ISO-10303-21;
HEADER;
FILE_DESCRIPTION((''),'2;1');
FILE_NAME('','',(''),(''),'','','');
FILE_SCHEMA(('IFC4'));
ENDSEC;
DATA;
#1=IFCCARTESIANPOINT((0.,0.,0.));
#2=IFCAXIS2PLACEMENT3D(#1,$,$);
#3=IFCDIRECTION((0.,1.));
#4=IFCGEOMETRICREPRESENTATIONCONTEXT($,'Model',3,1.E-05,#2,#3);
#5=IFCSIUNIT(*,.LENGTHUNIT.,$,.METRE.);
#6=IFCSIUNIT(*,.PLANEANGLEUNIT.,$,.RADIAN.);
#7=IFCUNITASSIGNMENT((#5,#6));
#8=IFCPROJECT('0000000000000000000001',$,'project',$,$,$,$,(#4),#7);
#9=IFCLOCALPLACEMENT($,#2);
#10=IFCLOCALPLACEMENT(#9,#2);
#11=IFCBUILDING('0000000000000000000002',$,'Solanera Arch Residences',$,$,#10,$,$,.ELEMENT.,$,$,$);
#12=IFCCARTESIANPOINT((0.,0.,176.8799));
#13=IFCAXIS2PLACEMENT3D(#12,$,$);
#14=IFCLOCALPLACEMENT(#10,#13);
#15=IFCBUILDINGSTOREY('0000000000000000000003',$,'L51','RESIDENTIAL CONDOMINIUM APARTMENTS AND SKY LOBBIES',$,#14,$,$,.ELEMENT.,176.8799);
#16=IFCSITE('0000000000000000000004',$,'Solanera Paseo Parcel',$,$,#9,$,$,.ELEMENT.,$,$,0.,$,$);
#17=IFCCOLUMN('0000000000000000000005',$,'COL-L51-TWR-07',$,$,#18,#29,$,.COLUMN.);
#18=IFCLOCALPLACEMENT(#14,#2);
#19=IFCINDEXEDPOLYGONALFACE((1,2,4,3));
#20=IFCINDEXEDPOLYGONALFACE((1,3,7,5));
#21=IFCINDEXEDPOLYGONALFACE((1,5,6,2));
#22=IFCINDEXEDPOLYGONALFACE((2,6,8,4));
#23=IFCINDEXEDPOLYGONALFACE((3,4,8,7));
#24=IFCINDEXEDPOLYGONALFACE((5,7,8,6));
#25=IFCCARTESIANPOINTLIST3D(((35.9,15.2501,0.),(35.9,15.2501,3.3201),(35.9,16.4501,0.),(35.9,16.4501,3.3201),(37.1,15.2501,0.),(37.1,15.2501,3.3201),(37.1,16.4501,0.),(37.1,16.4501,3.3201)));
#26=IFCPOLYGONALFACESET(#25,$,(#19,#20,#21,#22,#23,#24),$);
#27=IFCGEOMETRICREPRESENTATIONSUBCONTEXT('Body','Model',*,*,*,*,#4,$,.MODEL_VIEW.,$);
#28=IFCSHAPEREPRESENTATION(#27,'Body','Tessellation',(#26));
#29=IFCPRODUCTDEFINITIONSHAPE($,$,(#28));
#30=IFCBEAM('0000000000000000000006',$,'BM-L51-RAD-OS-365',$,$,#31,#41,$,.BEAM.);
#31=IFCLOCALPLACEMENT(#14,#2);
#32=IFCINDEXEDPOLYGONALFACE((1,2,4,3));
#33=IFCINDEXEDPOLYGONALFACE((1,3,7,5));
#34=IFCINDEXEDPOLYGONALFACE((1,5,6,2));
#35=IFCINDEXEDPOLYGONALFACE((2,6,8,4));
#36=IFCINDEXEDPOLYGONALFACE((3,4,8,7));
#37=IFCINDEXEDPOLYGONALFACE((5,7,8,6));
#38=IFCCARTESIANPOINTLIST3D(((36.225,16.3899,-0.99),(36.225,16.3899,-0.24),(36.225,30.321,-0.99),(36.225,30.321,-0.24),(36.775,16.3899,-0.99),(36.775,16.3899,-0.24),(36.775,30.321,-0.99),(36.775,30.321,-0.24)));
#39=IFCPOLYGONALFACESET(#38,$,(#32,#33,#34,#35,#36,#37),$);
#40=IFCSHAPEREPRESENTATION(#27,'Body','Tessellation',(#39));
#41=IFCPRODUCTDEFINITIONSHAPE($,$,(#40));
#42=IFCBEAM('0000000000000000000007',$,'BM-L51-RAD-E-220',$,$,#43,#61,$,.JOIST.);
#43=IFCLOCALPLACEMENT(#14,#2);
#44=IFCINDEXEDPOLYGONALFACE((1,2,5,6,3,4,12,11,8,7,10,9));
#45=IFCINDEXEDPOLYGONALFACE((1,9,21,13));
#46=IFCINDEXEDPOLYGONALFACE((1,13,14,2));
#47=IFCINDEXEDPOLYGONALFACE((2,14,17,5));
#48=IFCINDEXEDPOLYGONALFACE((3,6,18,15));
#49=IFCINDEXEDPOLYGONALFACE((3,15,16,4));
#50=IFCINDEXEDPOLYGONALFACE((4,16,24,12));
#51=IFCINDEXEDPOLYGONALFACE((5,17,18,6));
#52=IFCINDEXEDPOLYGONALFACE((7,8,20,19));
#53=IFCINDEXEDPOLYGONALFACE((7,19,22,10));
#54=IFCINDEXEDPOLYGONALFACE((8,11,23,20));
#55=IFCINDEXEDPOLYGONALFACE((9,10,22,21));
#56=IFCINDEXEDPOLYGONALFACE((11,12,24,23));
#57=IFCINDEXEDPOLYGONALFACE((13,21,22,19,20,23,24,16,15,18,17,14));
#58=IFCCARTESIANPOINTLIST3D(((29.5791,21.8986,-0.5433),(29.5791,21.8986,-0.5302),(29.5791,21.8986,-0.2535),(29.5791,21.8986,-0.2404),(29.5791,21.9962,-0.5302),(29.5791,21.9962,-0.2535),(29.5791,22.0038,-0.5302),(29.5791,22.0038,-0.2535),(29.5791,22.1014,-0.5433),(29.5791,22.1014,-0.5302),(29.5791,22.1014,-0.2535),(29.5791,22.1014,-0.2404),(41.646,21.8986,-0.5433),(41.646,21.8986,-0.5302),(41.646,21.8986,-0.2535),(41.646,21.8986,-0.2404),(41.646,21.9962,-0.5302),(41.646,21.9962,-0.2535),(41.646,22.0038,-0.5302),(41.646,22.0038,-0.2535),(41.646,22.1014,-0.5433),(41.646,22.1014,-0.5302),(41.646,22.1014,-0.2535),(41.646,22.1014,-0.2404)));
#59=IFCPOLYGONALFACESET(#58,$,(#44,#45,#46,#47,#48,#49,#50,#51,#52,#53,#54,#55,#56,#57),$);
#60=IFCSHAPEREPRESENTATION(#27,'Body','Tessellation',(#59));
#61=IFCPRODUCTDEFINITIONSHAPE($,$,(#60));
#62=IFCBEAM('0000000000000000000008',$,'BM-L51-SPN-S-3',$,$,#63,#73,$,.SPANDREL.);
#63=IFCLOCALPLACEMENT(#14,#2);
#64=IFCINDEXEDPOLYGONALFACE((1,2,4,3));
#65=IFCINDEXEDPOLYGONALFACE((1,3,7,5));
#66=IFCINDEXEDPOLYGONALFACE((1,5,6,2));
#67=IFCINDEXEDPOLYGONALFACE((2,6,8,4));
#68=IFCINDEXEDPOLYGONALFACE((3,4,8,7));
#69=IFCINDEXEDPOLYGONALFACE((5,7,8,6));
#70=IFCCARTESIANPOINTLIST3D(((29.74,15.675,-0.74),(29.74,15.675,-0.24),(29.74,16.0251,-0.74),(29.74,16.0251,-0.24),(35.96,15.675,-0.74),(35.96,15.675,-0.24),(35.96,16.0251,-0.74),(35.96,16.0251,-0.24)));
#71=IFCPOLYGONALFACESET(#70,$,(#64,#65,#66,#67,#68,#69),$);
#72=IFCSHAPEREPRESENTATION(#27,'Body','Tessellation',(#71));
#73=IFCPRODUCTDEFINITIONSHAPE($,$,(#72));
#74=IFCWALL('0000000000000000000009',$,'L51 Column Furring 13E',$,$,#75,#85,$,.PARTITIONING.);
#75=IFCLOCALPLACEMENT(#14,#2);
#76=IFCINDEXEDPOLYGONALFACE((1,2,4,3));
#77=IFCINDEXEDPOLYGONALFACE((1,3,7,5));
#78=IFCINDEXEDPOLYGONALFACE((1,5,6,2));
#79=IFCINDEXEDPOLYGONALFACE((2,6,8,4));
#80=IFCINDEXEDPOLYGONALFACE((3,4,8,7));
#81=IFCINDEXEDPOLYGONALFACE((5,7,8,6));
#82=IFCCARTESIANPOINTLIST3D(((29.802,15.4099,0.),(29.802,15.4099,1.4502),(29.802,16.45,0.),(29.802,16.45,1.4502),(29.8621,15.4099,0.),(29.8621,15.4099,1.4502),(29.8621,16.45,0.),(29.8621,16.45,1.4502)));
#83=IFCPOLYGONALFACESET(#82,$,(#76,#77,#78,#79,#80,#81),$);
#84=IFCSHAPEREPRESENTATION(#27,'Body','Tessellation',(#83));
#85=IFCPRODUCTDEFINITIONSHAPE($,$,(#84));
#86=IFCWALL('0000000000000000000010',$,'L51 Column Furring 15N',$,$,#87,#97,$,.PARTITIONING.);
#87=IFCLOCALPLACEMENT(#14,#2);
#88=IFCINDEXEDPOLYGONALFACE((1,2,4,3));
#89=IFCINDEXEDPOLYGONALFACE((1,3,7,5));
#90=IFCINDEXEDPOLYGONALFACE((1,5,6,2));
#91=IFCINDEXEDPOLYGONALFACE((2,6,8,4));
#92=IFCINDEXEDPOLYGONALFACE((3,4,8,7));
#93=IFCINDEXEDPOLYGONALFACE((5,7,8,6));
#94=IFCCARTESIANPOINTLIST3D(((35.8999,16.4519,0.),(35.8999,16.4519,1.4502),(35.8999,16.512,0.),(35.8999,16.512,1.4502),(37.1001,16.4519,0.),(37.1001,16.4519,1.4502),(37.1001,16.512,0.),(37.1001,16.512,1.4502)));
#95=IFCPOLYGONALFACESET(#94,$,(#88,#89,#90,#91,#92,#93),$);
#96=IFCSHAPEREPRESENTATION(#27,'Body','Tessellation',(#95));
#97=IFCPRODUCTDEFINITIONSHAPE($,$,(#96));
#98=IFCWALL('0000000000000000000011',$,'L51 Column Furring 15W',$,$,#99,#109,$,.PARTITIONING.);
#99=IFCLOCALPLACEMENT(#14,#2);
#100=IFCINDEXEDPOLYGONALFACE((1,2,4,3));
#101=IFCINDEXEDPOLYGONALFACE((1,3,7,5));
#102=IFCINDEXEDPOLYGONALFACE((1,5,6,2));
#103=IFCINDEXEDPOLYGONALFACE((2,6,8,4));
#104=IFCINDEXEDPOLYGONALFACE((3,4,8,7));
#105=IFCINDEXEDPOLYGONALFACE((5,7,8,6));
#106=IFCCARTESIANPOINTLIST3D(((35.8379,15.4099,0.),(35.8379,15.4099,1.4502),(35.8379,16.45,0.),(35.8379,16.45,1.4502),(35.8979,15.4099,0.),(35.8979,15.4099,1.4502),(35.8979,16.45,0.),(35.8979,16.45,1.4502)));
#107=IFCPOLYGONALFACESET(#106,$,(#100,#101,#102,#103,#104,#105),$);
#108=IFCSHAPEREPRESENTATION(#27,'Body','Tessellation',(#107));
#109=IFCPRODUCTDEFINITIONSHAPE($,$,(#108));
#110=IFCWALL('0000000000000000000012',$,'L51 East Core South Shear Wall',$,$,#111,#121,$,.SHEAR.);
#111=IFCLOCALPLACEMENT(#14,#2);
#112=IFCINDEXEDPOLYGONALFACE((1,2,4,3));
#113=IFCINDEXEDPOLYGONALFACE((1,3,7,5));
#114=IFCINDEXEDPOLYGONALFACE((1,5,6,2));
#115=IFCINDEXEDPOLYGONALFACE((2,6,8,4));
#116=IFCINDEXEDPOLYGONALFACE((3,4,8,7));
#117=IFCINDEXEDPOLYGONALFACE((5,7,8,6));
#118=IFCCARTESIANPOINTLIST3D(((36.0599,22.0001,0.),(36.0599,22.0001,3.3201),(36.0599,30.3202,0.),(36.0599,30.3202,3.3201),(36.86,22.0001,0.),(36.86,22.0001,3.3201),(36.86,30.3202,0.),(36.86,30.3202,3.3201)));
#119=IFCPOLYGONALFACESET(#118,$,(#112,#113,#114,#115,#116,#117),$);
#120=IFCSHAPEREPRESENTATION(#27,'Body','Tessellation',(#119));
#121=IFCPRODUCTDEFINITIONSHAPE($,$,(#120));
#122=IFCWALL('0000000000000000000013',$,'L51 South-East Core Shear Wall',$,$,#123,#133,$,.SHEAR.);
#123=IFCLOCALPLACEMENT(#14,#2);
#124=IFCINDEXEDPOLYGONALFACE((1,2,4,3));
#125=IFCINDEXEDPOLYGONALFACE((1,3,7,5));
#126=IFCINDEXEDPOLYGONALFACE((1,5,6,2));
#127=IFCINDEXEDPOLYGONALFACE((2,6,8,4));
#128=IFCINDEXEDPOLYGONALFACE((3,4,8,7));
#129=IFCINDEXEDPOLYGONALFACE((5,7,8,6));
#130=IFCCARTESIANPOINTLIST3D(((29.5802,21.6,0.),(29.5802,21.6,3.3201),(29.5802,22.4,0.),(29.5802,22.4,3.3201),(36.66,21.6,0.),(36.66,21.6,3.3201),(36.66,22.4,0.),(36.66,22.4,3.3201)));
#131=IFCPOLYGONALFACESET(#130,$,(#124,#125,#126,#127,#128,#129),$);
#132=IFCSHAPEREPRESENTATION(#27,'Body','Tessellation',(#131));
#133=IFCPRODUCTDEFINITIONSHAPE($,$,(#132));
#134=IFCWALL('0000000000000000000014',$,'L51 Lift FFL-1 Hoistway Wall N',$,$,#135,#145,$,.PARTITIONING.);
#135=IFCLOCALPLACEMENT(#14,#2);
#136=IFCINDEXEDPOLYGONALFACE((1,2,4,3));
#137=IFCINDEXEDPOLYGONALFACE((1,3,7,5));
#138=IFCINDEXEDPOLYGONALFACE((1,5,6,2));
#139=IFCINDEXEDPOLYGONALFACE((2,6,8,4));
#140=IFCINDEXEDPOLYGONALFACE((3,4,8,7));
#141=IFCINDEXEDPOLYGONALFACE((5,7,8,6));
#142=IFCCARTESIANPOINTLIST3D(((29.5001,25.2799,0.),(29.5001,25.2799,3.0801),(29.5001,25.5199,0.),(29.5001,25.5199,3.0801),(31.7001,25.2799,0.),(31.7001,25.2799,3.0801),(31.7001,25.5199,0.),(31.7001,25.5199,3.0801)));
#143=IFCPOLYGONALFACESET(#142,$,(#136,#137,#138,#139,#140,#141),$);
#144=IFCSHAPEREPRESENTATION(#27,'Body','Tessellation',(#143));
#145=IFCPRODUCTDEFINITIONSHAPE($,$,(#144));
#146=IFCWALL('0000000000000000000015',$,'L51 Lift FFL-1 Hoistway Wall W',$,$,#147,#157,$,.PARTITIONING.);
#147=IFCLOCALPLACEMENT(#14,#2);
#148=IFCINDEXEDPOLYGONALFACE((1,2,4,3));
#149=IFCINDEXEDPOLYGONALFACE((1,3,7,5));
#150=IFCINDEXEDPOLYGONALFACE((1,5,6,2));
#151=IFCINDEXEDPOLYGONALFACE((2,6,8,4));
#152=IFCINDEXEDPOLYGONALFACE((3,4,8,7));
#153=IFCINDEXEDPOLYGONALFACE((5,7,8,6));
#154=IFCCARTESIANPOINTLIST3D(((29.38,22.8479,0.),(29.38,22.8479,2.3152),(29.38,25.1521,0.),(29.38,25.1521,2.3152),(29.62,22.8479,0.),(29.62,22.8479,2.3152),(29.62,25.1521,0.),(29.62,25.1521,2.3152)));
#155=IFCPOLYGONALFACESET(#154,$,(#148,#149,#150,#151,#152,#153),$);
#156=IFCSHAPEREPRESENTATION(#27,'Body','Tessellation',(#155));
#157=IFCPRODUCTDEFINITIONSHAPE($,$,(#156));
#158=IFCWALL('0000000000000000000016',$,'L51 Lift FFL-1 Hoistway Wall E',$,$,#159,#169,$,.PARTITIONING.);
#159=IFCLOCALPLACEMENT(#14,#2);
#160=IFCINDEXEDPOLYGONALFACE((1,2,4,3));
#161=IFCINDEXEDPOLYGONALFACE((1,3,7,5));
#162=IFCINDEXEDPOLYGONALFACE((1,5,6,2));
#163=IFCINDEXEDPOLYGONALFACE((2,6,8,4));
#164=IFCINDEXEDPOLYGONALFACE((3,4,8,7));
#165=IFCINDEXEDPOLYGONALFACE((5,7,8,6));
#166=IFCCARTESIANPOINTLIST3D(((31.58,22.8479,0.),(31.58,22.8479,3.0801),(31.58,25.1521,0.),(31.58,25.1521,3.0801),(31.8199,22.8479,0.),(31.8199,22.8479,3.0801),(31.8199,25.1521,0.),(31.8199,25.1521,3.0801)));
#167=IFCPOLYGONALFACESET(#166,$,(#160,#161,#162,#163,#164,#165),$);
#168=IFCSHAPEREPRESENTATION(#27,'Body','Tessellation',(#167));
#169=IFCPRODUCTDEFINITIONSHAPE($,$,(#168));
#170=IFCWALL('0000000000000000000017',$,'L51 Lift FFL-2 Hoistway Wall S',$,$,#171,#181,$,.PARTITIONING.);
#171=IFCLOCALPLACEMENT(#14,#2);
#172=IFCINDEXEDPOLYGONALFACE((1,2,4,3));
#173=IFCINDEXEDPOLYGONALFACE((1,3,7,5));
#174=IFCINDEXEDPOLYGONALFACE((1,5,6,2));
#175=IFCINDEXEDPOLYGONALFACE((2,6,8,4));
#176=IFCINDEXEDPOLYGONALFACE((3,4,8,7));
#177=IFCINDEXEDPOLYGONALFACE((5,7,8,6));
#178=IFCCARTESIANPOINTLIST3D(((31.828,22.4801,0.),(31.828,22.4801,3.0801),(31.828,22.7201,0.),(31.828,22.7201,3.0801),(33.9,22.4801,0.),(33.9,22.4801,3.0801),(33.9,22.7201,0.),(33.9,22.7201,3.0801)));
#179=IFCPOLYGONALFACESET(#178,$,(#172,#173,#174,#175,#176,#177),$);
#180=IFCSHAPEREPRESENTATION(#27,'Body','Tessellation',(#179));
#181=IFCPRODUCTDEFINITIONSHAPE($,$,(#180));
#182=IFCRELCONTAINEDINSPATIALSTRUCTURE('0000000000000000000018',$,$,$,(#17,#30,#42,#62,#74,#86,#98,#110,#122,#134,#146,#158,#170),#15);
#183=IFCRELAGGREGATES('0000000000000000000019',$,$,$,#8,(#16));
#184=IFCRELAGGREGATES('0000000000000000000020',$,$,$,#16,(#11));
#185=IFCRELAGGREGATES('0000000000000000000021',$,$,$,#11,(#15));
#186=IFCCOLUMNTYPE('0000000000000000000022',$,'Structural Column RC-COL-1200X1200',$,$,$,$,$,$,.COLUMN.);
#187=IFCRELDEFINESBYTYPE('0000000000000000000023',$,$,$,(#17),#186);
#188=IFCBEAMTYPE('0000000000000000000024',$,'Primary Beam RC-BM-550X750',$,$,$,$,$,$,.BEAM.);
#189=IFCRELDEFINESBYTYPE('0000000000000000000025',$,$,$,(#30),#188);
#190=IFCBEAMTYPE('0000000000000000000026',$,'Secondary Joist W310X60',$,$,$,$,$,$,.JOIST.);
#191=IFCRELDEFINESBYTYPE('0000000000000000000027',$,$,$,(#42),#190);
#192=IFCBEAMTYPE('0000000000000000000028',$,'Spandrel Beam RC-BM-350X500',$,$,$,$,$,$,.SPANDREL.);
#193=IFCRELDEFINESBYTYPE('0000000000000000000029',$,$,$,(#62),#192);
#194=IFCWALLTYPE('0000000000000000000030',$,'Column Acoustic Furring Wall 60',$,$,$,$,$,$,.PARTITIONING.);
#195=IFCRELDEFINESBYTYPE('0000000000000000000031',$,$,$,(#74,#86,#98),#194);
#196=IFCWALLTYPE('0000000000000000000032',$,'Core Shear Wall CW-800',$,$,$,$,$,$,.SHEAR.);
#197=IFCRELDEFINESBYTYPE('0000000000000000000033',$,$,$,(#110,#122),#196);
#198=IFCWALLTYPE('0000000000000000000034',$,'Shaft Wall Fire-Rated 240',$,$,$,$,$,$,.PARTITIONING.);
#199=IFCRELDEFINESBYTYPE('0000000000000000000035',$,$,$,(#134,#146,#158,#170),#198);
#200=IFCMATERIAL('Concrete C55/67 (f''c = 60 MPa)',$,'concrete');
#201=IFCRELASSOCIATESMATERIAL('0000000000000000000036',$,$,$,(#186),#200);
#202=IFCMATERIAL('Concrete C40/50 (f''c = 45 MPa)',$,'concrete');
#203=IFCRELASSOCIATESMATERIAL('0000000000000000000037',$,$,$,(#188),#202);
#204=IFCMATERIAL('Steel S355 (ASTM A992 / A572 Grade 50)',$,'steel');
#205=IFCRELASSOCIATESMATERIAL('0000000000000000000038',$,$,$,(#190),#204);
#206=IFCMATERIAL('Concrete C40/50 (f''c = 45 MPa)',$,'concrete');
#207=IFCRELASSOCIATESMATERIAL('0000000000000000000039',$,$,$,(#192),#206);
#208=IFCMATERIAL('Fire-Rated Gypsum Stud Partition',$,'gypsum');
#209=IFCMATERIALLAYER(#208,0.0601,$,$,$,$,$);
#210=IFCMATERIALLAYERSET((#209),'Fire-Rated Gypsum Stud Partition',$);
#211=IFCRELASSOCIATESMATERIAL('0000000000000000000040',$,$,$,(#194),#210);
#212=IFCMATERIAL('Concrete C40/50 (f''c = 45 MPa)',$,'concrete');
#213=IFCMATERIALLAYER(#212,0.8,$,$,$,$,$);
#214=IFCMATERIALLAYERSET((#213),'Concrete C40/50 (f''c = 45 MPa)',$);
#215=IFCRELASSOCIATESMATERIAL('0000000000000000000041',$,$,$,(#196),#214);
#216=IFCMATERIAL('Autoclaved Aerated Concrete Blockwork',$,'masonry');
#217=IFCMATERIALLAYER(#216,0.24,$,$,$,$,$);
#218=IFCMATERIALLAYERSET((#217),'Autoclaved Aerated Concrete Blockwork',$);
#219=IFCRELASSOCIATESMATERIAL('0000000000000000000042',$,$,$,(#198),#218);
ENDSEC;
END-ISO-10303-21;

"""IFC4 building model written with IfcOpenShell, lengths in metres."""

from ifc_helpers import new_model, si_unit, direction, frame, frame_2d, origin, origin_2d, place, context, subcontext, project, spatial, rectangle, i_section, extrude, material, layer, layer_set, material_profile, profile_set, type_object, element, save


model = new_model("IFC4")

# Units and contexts
model_context = context("Model", 3, precision=1e-05, world=origin(), true_north=direction((0.0, 1.0)))
body_context = subcontext(model_context, "Body", "Model", "MODEL_VIEW")
ifc_project = project(units=[si_unit("LENGTHUNIT", "METRE"), si_unit("PLANEANGLEUNIT", "RADIAN")], contexts=[model_context])

# Site, building, storey
site_placement = place(None, origin())
site = spatial("IfcSite", under=ifc_project, at=site_placement, Name="Solanera Paseo Parcel", CompositionType="ELEMENT", RefElevation=0.0)
building_placement = place(site_placement, origin())
building = spatial("IfcBuilding", under=site, at=building_placement, Name="Solanera Arch Residences", CompositionType="ELEMENT")
storey_placement = place(building_placement, frame((0.0, 0.0, 176.8799)))
storey = spatial("IfcBuildingStorey", under=building, at=storey_placement, Name="L51", Description="RESIDENTIAL CONDOMINIUM APARTMENTS AND SKY LOBBIES", CompositionType="ELEMENT", Elevation=176.8799)

# Column
ifc_material_1 = material(Name="Concrete C55/67 (f'c = 60 MPa)", Category="concrete")
ifc_material_profile_1 = material_profile(ifc_material_1, rectangle(XDim=1.2, YDim=1.2, at=origin_2d()))
ifc_profile_set_1 = profile_set([ifc_material_profile_1], Name="Concrete C55/67 (f'c = 60 MPa)")
column_type = type_object("IfcColumnType", Name="Structural Column RC-COL-1200X1200", PredefinedType="COLUMN", material=ifc_profile_set_1)
column_placement = place(storey_placement, frame((36.5, 15.8501, 0.0), z_axis=(0.0, 0.0, 1.0), x_axis=(1.0, 0.0, 0.0)))
element("IfcColumn", 1, at=column_placement, inside=storey, type_object=column_type, Name="COL-L51-TWR-07", PredefinedType="COLUMN", context=body_context, shape_type="SweptSolid", body=[
    extrude(rectangle(XDim=1.2, YDim=1.2, at=origin_2d()), origin(), (0.0, 0.0, 1.0), 3.3201),
])

# Beams
ifc_material_2 = material(Name="Concrete C40/50 (f'c = 45 MPa)", Category="concrete")
ifc_material_profile_2 = material_profile(ifc_material_2, rectangle(XDim=0.55, YDim=0.75, at=origin_2d()))
ifc_profile_set_2 = profile_set([ifc_material_profile_2], Name="Concrete C40/50 (f'c = 45 MPa)")
beam_type_1 = type_object("IfcBeamType", Name="Primary Beam RC-BM-550X750", PredefinedType="BEAM", material=ifc_profile_set_2)
beam_1_placement = place(storey_placement, frame((36.5, 16.3899, -0.615), z_axis=(0.0, 1.0, 0.0), x_axis=(-1.0, 0.0, 0.0)))
element("IfcBeam", 2, at=beam_1_placement, inside=storey, type_object=beam_type_1, Name="BM-L51-RAD-OS-365", PredefinedType="BEAM", context=body_context, shape_type="SweptSolid", body=[
    extrude(rectangle(XDim=0.55, YDim=0.75, at=origin_2d()), origin(), (0.0, 0.0, 1.0), 13.9312),
])
ifc_material_3 = material(Name="Steel S355 (ASTM A992 / A572 Grade 50)", Category="steel")
ifc_material_profile_3 = material_profile(ifc_material_3, i_section(OverallWidth=0.2029, OverallDepth=0.303, WebThickness=0.0076, FlangeThickness=0.0132, at=origin_2d()))
ifc_profile_set_3 = profile_set([ifc_material_profile_3], Name="Steel S355 (ASTM A992 / A572 Grade 50)")
beam_type_2 = type_object("IfcBeamType", Name="Secondary Joist W310X60", PredefinedType="JOIST", material=ifc_profile_set_3)
beam_2_placement = place(storey_placement, frame((29.5791, 22.0, -0.3918), z_axis=(1.0, 0.0, 0.0), x_axis=(0.0, 1.0, 0.0)))
element("IfcBeam", 3, at=beam_2_placement, inside=storey, type_object=beam_type_2, Name="BM-L51-RAD-E-220", PredefinedType="JOIST", context=body_context, shape_type="SweptSolid", body=[
    extrude(i_section(OverallWidth=0.2029, OverallDepth=0.303, WebThickness=0.0076, FlangeThickness=0.0132, at=origin_2d()), origin(), (0.0, 0.0, 1.0), 12.0669),
])
ifc_material_4 = material(Name="Concrete C40/50 (f'c = 45 MPa)", Category="concrete")
ifc_material_profile_4 = material_profile(ifc_material_4, rectangle(XDim=0.3501, YDim=0.5, at=origin_2d()))
ifc_profile_set_4 = profile_set([ifc_material_profile_4], Name="Concrete C40/50 (f'c = 45 MPa)")
beam_type_3 = type_object("IfcBeamType", Name="Spandrel Beam RC-BM-350X500", PredefinedType="SPANDREL", material=ifc_profile_set_4)
beam_3_placement = place(storey_placement, frame((29.74, 15.8501, -0.49), z_axis=(1.0, 0.0, 0.0), x_axis=(0.0, 1.0, 0.0)))
element("IfcBeam", 4, at=beam_3_placement, inside=storey, type_object=beam_type_3, Name="BM-L51-SPN-S-3", PredefinedType="SPANDREL", context=body_context, shape_type="SweptSolid", body=[
    extrude(rectangle(XDim=0.3501, YDim=0.5, at=origin_2d()), origin(), (0.0, 0.0, 1.0), 6.22),
])

# Walls
ifc_material_5 = material(Name="Fire-Rated Gypsum Stud Partition", Category="gypsum")
ifc_layer_1 = layer(ifc_material_5, 0.0601)
ifc_layer_set_1 = layer_set([ifc_layer_1], Name="Fire-Rated Gypsum Stud Partition")
wall_type_1 = type_object("IfcWallType", Name="Column Acoustic Furring Wall 60", PredefinedType="PARTITIONING", material=ifc_layer_set_1)
wall_1_placement = place(storey_placement, frame((29.832, 15.4099, 0.0), z_axis=(0.0, 0.0, 1.0), x_axis=(0.0, 1.0, 0.0)))
element("IfcWall", 5, at=wall_1_placement, inside=storey, type_object=wall_type_1, Name="L51 Column Furring 13E", PredefinedType="PARTITIONING", context=body_context, shape_type="SweptSolid", body=[
    extrude(rectangle(XDim=1.04, YDim=0.0601, at=frame_2d((0.52, 0.0))), origin(), (0.0, 0.0, 1.0), 1.4502),
])
wall_2_placement = place(storey_placement, frame((35.8999, 16.4819, 0.0), z_axis=(0.0, 0.0, 1.0), x_axis=(1.0, 0.0, 0.0)))
element("IfcWall", 6, at=wall_2_placement, inside=storey, type_object=wall_type_1, Name="L51 Column Furring 15N", PredefinedType="PARTITIONING", context=body_context, shape_type="SweptSolid", body=[
    extrude(rectangle(XDim=1.2002, YDim=0.0601, at=frame_2d((0.6001, 0.0))), origin(), (0.0, 0.0, 1.0), 1.4502),
])
wall_3_placement = place(storey_placement, frame((35.8679, 15.4099, 0.0), z_axis=(0.0, 0.0, 1.0), x_axis=(0.0, 1.0, 0.0)))
element("IfcWall", 7, at=wall_3_placement, inside=storey, type_object=wall_type_1, Name="L51 Column Furring 15W", PredefinedType="PARTITIONING", context=body_context, shape_type="SweptSolid", body=[
    extrude(rectangle(XDim=1.04, YDim=0.0601, at=frame_2d((0.52, 0.0))), origin(), (0.0, 0.0, 1.0), 1.4502),
])
ifc_material_6 = material(Name="Concrete C40/50 (f'c = 45 MPa)", Category="concrete")
ifc_layer_2 = layer(ifc_material_6, 0.8)
ifc_layer_set_2 = layer_set([ifc_layer_2], Name="Concrete C40/50 (f'c = 45 MPa)")
wall_type_2 = type_object("IfcWallType", Name="Core Shear Wall CW-800", PredefinedType="SHEAR", material=ifc_layer_set_2)
wall_4_placement = place(storey_placement, frame((36.46, 22.0, 0.0), z_axis=(0.0, 0.0, 1.0), x_axis=(0.0, 1.0, 0.0)))
element("IfcWall", 8, at=wall_4_placement, inside=storey, type_object=wall_type_2, Name="L51 East Core South Shear Wall", PredefinedType="SHEAR", context=body_context, shape_type="SweptSolid", body=[
    extrude(rectangle(XDim=8.3201, YDim=0.8, at=frame_2d((4.1602, 0.0))), origin(), (0.0, 0.0, 1.0), 3.3201),
])
wall_5_placement = place(storey_placement, frame((29.5801, 22.0, 0.0), z_axis=(0.0, 0.0, 1.0), x_axis=(1.0, 0.0, 0.0)))
element("IfcWall", 9, at=wall_5_placement, inside=storey, type_object=wall_type_2, Name="L51 South-East Core Shear Wall", PredefinedType="SHEAR", context=body_context, shape_type="SweptSolid", body=[
    extrude(rectangle(XDim=7.0798, YDim=0.8, at=frame_2d((3.54, 0.0))), origin(), (0.0, 0.0, 1.0), 3.3201),
])
ifc_material_7 = material(Name="Autoclaved Aerated Concrete Blockwork", Category="masonry")
ifc_layer_3 = layer(ifc_material_7, 0.24)
ifc_layer_set_3 = layer_set([ifc_layer_3], Name="Autoclaved Aerated Concrete Blockwork")
wall_type_3 = type_object("IfcWallType", Name="Shaft Wall Fire-Rated 240", PredefinedType="PARTITIONING", material=ifc_layer_set_3)
wall_6_placement = place(storey_placement, frame((29.5, 25.3999, 0.0), z_axis=(0.0, 0.0, 1.0), x_axis=(1.0, 0.0, 0.0)))
element("IfcWall", 10, at=wall_6_placement, inside=storey, type_object=wall_type_3, Name="L51 Lift FFL-1 Hoistway Wall N", PredefinedType="PARTITIONING", context=body_context, shape_type="SweptSolid", body=[
    extrude(rectangle(XDim=2.2, YDim=0.24, at=frame_2d((1.1001, 0.0))), origin(), (0.0, 0.0, 1.0), 3.0801),
])
wall_7_placement = place(storey_placement, frame((29.5, 22.8479, 0.0), z_axis=(0.0, 0.0, 1.0), x_axis=(0.0, 1.0, 0.0)))
element("IfcWall", 11, at=wall_7_placement, inside=storey, type_object=wall_type_3, Name="L51 Lift FFL-1 Hoistway Wall W", PredefinedType="PARTITIONING", context=body_context, shape_type="SweptSolid", body=[
    extrude(rectangle(XDim=2.3042, YDim=0.24, at=frame_2d((1.1521, 0.0))), origin(), (0.0, 0.0, 1.0), 2.3152),
])
wall_8_placement = place(storey_placement, frame((31.7, 22.8479, 0.0), z_axis=(0.0, 0.0, 1.0), x_axis=(0.0, 1.0, 0.0)))
element("IfcWall", 12, at=wall_8_placement, inside=storey, type_object=wall_type_3, Name="L51 Lift FFL-1 Hoistway Wall E", PredefinedType="PARTITIONING", context=body_context, shape_type="SweptSolid", body=[
    extrude(rectangle(XDim=2.3042, YDim=0.24, at=frame_2d((1.1521, 0.0))), origin(), (0.0, 0.0, 1.0), 3.0801),
])
for number, where, z_axis, x_axis, name in (
    (13, (31.8279, 22.6001, 0.0), (0.0, 0.0, 1.0), (1.0, 0.0, 0.0), "L51 Lift FFL-2 Hoistway Wall S"),
):
    element("IfcWall", number, at=place(storey_placement, frame(where, z_axis=z_axis, x_axis=x_axis)), inside=storey, type_object=wall_type_3, Name=name, PredefinedType="PARTITIONING", context=body_context, shape_type="SweptSolid", body=[
        extrude(rectangle(XDim=2.072, YDim=0.24, at=frame_2d((1.0361, 0.0))), origin(), (0.0, 0.0, 1.0), 3.0801),
    ])

save(model, "model.ifc")
